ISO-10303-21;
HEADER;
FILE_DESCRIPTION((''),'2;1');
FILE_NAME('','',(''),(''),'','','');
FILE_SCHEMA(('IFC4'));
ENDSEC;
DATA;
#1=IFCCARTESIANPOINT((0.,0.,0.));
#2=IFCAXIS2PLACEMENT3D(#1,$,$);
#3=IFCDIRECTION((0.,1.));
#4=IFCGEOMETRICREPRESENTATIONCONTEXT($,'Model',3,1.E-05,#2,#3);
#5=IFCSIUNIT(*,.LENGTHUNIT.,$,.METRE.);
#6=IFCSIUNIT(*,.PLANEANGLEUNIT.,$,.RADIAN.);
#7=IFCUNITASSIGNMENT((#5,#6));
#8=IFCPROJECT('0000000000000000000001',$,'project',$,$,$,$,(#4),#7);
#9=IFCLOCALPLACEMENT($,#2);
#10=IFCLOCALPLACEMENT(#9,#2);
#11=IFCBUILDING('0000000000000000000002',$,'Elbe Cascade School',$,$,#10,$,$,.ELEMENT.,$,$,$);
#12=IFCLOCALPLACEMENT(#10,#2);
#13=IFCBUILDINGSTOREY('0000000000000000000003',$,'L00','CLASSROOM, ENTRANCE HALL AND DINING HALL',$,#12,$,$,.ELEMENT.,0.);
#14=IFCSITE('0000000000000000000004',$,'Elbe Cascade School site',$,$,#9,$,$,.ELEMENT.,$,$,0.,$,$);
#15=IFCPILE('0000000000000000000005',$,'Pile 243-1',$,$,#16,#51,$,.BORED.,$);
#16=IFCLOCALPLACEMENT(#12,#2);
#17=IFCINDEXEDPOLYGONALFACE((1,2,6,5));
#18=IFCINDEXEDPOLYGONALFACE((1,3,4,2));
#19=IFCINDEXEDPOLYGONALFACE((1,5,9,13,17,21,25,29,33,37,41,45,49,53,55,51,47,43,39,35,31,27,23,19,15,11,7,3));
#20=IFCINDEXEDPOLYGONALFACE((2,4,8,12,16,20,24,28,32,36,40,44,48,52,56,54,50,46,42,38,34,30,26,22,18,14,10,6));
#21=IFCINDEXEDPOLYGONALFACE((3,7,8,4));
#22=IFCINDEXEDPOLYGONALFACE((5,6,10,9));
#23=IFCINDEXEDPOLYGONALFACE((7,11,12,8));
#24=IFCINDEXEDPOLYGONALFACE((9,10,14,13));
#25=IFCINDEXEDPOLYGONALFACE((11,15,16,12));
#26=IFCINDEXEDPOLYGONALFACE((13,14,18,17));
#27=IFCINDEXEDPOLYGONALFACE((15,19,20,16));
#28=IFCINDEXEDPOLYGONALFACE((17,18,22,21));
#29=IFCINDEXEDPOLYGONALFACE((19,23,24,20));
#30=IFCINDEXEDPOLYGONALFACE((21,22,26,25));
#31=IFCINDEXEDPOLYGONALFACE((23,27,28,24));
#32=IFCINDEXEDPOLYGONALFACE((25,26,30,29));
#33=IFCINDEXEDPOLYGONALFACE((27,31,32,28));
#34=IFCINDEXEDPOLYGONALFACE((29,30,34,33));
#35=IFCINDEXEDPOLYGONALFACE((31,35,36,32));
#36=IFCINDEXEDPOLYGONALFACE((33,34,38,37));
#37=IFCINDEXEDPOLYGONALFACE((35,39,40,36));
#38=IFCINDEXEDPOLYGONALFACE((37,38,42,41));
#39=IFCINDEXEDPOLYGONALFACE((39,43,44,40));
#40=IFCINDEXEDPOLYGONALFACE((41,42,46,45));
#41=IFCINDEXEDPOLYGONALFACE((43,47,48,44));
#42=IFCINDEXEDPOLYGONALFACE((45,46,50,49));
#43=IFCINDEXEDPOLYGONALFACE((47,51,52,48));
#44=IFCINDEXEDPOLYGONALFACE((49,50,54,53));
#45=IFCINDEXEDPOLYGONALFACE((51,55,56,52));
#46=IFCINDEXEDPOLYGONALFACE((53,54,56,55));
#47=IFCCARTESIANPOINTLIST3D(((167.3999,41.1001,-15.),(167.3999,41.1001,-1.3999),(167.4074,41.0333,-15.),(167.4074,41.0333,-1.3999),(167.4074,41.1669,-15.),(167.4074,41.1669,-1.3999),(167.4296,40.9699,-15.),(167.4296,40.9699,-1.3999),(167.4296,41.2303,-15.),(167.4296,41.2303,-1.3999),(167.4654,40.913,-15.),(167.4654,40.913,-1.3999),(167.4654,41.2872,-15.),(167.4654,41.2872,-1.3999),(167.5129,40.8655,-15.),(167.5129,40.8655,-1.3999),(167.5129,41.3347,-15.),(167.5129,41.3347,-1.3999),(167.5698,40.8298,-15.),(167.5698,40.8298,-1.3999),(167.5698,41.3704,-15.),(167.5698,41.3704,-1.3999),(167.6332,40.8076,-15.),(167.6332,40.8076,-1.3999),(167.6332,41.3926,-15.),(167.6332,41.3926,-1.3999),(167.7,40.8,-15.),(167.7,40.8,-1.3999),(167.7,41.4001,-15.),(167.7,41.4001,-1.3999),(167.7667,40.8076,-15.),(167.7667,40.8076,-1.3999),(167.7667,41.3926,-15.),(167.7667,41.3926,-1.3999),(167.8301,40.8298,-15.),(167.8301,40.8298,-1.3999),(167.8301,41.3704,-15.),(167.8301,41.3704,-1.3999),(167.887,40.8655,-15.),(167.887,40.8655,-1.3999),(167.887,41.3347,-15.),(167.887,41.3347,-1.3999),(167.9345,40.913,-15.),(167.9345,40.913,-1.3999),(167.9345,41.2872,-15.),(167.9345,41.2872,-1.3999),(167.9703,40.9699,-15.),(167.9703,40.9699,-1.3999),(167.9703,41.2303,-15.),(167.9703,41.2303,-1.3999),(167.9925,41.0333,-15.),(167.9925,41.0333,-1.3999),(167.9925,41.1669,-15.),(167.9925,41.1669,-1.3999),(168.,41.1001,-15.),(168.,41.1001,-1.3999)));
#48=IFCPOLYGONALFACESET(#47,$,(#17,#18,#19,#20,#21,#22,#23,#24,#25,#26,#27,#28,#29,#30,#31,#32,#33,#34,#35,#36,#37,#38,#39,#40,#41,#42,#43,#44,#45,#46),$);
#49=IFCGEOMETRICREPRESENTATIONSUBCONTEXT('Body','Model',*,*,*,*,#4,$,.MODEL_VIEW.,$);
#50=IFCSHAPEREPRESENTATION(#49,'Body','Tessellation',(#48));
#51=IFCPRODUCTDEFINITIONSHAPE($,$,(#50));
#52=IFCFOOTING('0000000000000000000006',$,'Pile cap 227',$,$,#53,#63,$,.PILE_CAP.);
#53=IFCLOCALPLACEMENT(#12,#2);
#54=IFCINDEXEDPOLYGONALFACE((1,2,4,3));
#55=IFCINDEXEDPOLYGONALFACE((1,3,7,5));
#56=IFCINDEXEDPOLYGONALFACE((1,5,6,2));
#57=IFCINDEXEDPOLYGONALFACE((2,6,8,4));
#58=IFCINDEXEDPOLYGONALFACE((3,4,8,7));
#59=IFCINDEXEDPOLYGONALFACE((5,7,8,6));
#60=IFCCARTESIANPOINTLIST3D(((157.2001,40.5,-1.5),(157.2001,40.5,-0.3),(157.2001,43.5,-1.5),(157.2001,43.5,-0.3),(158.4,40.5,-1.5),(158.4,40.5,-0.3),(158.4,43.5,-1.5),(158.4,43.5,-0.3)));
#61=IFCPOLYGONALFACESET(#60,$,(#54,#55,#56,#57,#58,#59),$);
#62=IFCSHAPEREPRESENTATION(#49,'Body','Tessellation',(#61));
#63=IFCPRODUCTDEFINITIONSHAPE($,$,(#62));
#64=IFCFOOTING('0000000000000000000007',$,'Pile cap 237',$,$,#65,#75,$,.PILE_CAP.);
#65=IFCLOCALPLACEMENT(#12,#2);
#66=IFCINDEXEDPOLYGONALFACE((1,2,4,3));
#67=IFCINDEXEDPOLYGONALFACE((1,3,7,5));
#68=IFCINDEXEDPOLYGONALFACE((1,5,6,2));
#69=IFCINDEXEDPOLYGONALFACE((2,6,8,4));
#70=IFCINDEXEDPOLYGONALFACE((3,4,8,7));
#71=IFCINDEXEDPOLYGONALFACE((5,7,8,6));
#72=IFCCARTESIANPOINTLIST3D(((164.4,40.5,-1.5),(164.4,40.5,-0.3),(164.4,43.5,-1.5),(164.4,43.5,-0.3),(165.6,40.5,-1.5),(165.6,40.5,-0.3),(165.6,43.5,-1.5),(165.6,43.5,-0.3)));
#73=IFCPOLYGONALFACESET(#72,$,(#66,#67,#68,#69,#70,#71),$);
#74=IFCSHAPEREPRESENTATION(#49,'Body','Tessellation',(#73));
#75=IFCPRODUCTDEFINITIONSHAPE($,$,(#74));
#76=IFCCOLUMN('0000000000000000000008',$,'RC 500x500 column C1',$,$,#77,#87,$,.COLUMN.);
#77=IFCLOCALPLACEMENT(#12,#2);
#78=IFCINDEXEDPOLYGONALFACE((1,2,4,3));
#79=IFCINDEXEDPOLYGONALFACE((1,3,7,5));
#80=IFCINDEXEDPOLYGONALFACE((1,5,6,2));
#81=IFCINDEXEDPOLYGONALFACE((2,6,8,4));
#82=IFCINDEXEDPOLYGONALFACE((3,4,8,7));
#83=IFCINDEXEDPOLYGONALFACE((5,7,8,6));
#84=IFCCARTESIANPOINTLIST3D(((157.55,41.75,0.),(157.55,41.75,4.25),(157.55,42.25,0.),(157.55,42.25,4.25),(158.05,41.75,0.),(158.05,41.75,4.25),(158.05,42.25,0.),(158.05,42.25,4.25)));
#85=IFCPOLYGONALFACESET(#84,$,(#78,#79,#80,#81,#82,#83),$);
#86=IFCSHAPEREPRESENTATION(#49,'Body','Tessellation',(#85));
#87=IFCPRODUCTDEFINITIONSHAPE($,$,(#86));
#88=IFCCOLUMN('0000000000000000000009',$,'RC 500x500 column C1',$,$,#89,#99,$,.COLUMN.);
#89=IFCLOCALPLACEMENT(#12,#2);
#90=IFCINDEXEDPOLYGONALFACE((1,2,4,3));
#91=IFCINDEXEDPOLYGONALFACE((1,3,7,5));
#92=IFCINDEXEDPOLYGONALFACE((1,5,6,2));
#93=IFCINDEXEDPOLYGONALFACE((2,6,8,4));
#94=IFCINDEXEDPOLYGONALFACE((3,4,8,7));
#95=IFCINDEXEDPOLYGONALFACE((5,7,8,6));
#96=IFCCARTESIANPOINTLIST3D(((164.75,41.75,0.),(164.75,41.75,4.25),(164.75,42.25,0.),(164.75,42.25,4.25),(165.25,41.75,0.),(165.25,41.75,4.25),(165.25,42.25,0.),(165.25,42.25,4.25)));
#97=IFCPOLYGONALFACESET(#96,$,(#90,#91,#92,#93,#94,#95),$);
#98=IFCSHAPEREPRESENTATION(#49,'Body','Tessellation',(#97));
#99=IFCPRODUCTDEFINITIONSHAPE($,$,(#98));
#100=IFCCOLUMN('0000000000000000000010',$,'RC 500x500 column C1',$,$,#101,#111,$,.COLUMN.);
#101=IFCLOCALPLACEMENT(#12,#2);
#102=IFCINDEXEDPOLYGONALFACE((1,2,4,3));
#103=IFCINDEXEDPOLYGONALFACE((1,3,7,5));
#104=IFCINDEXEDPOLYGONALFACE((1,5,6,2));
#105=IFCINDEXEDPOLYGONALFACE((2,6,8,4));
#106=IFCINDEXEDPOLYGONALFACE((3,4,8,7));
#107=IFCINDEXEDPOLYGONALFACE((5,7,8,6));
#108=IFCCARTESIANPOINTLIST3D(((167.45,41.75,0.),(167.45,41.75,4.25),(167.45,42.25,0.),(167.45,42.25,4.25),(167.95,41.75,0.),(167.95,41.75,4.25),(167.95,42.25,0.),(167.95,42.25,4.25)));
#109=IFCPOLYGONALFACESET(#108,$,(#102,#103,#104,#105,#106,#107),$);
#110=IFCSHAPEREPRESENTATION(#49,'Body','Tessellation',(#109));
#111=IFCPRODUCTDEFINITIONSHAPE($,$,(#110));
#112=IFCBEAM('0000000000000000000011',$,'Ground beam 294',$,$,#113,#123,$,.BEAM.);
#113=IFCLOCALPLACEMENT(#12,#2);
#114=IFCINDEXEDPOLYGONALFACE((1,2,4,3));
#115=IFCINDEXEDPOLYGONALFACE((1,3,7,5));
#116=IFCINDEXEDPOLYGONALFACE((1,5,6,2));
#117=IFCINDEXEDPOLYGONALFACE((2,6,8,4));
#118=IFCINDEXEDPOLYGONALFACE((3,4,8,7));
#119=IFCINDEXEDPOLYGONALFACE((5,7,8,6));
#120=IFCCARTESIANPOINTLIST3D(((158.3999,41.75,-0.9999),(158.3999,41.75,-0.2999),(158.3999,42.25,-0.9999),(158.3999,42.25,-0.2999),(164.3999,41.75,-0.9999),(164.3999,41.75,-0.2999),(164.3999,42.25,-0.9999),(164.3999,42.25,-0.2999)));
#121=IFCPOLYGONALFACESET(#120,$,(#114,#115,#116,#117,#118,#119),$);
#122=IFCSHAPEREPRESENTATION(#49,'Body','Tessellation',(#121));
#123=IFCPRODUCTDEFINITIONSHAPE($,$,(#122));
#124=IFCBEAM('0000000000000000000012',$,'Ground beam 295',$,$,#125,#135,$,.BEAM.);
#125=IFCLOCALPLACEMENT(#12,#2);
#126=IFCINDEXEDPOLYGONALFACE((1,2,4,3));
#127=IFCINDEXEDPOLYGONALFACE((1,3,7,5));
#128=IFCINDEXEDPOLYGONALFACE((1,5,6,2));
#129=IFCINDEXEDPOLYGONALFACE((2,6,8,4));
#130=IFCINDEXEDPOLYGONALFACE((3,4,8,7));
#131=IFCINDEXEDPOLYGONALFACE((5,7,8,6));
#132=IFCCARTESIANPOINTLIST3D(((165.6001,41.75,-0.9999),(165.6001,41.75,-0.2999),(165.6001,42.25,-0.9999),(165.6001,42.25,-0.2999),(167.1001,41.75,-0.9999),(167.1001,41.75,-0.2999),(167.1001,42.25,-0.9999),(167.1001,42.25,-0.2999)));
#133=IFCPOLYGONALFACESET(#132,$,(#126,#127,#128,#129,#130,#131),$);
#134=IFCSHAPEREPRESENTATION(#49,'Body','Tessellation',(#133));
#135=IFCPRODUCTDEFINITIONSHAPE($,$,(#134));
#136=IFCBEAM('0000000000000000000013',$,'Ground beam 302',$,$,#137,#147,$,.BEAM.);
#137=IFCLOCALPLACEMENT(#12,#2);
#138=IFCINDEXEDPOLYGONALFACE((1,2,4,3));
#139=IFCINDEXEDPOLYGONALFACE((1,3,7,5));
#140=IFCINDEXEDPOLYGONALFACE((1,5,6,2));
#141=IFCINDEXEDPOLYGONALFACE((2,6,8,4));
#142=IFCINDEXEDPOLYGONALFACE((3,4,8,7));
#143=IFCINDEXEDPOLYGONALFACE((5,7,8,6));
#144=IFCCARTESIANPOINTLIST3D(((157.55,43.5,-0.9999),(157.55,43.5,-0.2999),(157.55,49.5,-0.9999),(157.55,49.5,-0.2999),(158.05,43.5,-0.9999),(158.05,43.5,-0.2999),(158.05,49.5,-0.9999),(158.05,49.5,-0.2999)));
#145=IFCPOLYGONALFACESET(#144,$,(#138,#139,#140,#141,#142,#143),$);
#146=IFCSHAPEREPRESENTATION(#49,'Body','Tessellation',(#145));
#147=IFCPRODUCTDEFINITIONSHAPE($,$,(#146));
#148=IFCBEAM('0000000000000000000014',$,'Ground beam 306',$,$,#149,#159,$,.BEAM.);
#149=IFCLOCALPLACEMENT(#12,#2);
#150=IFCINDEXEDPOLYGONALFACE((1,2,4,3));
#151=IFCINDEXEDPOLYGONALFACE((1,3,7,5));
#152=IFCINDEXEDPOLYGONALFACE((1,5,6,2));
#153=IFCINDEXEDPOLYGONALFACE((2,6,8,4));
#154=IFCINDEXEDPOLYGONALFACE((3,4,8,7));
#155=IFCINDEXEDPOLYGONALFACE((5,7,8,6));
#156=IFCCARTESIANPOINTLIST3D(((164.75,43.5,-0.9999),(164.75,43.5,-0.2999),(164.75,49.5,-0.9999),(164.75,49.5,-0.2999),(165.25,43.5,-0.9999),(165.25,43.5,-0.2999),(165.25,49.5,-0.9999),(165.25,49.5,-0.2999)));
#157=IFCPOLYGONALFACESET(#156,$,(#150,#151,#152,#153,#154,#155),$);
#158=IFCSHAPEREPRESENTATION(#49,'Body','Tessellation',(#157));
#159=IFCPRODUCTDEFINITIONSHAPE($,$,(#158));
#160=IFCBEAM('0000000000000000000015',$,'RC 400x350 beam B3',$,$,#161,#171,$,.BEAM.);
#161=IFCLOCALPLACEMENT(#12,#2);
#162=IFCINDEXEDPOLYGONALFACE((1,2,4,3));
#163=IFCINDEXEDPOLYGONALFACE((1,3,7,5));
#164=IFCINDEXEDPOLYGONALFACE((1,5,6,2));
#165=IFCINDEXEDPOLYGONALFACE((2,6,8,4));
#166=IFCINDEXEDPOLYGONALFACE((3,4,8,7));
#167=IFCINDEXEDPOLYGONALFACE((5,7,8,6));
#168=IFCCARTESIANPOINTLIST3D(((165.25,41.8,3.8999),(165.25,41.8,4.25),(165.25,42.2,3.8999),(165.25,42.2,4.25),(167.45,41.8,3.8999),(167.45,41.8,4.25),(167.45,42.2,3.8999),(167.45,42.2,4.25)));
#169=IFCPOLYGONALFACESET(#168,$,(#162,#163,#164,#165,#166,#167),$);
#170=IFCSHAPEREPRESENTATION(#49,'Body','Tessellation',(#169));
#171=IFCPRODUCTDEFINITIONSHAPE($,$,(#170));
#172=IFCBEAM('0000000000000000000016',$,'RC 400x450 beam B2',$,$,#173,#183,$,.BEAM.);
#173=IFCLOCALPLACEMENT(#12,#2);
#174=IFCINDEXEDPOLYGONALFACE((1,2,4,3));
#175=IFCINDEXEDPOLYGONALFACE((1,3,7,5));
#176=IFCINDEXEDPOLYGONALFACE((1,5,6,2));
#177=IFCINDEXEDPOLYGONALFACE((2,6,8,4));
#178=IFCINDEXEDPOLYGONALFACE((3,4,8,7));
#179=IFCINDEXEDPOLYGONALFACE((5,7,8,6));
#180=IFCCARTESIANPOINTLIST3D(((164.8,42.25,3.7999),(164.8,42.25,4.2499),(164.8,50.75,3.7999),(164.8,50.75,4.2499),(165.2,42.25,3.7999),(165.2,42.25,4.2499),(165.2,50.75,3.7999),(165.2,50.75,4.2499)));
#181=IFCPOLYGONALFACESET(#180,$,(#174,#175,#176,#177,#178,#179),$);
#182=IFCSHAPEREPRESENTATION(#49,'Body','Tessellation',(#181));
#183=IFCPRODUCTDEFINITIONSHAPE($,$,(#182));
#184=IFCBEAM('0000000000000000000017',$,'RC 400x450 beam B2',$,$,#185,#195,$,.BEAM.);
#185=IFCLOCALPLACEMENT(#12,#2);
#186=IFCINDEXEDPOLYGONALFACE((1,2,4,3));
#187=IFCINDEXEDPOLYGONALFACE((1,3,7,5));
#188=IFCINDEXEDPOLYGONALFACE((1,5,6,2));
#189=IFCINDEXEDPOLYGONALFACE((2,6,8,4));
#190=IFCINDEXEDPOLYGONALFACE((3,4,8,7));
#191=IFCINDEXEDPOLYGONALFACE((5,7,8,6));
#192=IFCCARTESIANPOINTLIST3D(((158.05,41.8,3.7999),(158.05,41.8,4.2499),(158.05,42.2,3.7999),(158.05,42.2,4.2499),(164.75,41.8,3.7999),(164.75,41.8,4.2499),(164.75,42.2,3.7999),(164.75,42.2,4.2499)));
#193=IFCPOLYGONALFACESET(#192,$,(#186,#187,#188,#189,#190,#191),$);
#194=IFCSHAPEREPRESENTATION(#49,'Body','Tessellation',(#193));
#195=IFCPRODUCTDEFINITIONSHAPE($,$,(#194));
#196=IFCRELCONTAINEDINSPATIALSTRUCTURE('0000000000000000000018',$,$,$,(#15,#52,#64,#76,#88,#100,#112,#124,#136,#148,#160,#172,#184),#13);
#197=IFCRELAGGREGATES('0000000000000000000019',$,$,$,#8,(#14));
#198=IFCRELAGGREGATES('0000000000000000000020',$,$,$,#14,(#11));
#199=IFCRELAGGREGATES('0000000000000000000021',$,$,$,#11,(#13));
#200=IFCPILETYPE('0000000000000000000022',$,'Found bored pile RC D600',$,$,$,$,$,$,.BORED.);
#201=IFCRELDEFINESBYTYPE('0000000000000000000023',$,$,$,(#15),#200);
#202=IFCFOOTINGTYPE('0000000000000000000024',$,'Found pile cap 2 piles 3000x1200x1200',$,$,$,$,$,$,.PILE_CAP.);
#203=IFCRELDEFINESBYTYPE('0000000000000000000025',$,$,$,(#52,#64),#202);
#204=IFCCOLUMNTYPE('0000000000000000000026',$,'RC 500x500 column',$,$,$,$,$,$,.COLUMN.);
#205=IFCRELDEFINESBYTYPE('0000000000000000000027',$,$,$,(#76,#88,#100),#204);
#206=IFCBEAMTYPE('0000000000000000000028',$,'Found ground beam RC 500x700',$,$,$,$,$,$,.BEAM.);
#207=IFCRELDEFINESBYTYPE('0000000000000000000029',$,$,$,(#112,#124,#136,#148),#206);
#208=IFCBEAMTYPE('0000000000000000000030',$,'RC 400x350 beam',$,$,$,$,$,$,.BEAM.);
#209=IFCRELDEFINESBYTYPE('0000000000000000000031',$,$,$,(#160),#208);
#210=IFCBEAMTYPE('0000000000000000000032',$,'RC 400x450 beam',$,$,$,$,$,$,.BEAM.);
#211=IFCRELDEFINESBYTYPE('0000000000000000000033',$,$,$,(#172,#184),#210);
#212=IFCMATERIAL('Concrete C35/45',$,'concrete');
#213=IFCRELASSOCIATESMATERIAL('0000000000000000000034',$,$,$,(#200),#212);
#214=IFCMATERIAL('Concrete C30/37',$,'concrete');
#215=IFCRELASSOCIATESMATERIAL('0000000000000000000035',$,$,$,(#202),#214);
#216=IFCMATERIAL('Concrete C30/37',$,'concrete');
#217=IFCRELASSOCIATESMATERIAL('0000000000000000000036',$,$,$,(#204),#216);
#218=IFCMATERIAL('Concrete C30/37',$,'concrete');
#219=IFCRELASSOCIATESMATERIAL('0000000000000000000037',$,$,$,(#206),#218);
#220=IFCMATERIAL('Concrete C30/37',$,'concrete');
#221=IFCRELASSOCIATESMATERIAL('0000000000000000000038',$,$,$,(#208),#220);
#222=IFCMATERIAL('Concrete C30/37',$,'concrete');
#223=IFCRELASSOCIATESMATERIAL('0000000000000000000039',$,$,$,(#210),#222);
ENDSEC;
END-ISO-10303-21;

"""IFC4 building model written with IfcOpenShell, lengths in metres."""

from ifc_helpers import new_model, si_unit, direction, frame, origin, origin_2d, place, context, subcontext, project, spatial, rectangle, circle, extrude, material, material_profile, profile_set, type_object, element, save


model = new_model("IFC4")

# Units and contexts
model_context = context("Model", 3, precision=1e-05, world=origin(), true_north=direction((0.0, 1.0)))
body_context = subcontext(model_context, "Body", "Model", "MODEL_VIEW")
ifc_project = project(units=[si_unit("LENGTHUNIT", "METRE"), si_unit("PLANEANGLEUNIT", "RADIAN")], contexts=[model_context])

# Site, building, storey
site_placement = place(None, origin())
site = spatial("IfcSite", under=ifc_project, at=site_placement, Name="Elbe Cascade School site", CompositionType="ELEMENT", RefElevation=0.0)
building_placement = place(site_placement, origin())
building = spatial("IfcBuilding", under=site, at=building_placement, Name="Elbe Cascade School", CompositionType="ELEMENT")
storey_placement = place(building_placement, origin())
storey = spatial("IfcBuildingStorey", under=building, at=storey_placement, Name="L00", Description="CLASSROOM, ENTRANCE HALL AND DINING HALL", CompositionType="ELEMENT", Elevation=0.0)

# Pile
ifc_material_1 = material(Name="Concrete C35/45", Category="concrete")
ifc_material_profile_1 = material_profile(ifc_material_1, circle(Radius=0.3, at=origin_2d()), Name="RC D600")
ifc_profile_set_1 = profile_set([ifc_material_profile_1], Name="Concrete C35/45")
pile_type = type_object("IfcPileType", Name="Found bored pile RC D600", PredefinedType="BORED", material=ifc_profile_set_1)
for number, where, z_axis, x_axis, name in (
    (1, (167.7, 41.1001, -1.3999), (0.0, 0.0, -1.0), (1.0, 0.0, 0.0), "Pile 243-1"),
):
    element("IfcPile", number, at=place(storey_placement, frame(where, z_axis=z_axis, x_axis=x_axis)), inside=storey, type_object=pile_type, Name=name, PredefinedType="BORED", context=body_context, shape_type="SweptSolid", body=[
        extrude(circle(Radius=0.3, at=origin_2d()), origin(), (0.0, 0.0, 1.0), 13.6001),
    ])

# Footings
ifc_material_2 = material(Name="Concrete C30/37", Category="concrete")
footing_type = type_object("IfcFootingType", Name="Found pile cap 2 piles 3000x1200x1200", PredefinedType="PILE_CAP", material=ifc_material_2)
for number, where, z_axis, x_axis, name in (
    (2, (157.8, 42.0, -1.5), (0.0, 0.0, 1.0), (1.0, 0.0, 0.0), "Pile cap 227"),
    (3, (165.0, 42.0, -1.5), (0.0, 0.0, 1.0), (1.0, 0.0, 0.0), "Pile cap 237"),
):
    element("IfcFooting", number, at=place(storey_placement, frame(where, z_axis=z_axis, x_axis=x_axis)), inside=storey, type_object=footing_type, Name=name, PredefinedType="PILE_CAP", context=body_context, shape_type="SweptSolid", body=[
        extrude(rectangle(XDim=1.2, YDim=3.0, at=origin_2d()), origin(), (0.0, 0.0, 1.0), 1.2),
    ])

# Columns
ifc_material_3 = material(Name="Concrete C30/37", Category="concrete")
ifc_material_profile_2 = material_profile(ifc_material_3, rectangle(XDim=0.5, YDim=0.5, at=origin_2d()), Name="RC 500x500")
ifc_profile_set_2 = profile_set([ifc_material_profile_2], Name="Concrete C30/37")
column_type = type_object("IfcColumnType", Name="RC 500x500 column", PredefinedType="COLUMN", material=ifc_profile_set_2)
for number, where, z_axis, x_axis, name in (
    (4, (157.8, 42.0, 0.0), (0.0, 0.0, 1.0), (1.0, 0.0, 0.0), "RC 500x500 column C1"),
    (5, (165.0, 42.0, 0.0), (0.0, 0.0, 1.0), (1.0, 0.0, 0.0), "RC 500x500 column C1"),
    (6, (167.7, 42.0, 0.0), (0.0, 0.0, 1.0), (1.0, 0.0, 0.0), "RC 500x500 column C1"),
):
    element("IfcColumn", number, at=place(storey_placement, frame(where, z_axis=z_axis, x_axis=x_axis)), inside=storey, type_object=column_type, Name=name, PredefinedType="COLUMN", context=body_context, shape_type="SweptSolid", body=[
        extrude(rectangle(XDim=0.5, YDim=0.5, at=origin_2d()), origin(), (0.0, 0.0, 1.0), 4.25),
    ])

# Beams
ifc_material_4 = material(Name="Concrete C30/37", Category="concrete")
ifc_material_profile_3 = material_profile(ifc_material_4, rectangle(XDim=0.5, YDim=0.7, at=origin_2d()), Name="RC 500x700")
ifc_profile_set_3 = profile_set([ifc_material_profile_3], Name="Concrete C30/37")
beam_type_1 = type_object("IfcBeamType", Name="Found ground beam RC 500x700", PredefinedType="BEAM", material=ifc_profile_set_3)
beam_1_placement = place(storey_placement, frame((158.3999, 42.0, -0.6499), z_axis=(1.0, 0.0, 0.0), x_axis=(0.0, 1.0, 0.0)))
element("IfcBeam", 7, at=beam_1_placement, inside=storey, type_object=beam_type_1, Name="Ground beam 294", PredefinedType="BEAM", context=body_context, shape_type="SweptSolid", body=[
    extrude(rectangle(XDim=0.5, YDim=0.7, at=origin_2d()), origin(), (0.0, 0.0, 1.0), 6.0),
])
beam_2_placement = place(storey_placement, frame((165.6001, 42.0, -0.6499), z_axis=(1.0, 0.0, 0.0), x_axis=(0.0, 1.0, 0.0)))
element("IfcBeam", 8, at=beam_2_placement, inside=storey, type_object=beam_type_1, Name="Ground beam 295", PredefinedType="BEAM", context=body_context, shape_type="SweptSolid", body=[
    extrude(rectangle(XDim=0.5, YDim=0.7, at=origin_2d()), origin(), (0.0, 0.0, 1.0), 1.5),
])
for number, where, z_axis, x_axis, name in (
    (9, (157.8, 43.5, -0.6499), (0.0, 1.0, 0.0), (-1.0, 0.0, 0.0), "Ground beam 302"),
    (10, (165.0, 43.5, -0.6499), (0.0, 1.0, 0.0), (-1.0, 0.0, 0.0), "Ground beam 306"),
):
    element("IfcBeam", number, at=place(storey_placement, frame(where, z_axis=z_axis, x_axis=x_axis)), inside=storey, type_object=beam_type_1, Name=name, PredefinedType="BEAM", context=body_context, shape_type="SweptSolid", body=[
        extrude(rectangle(XDim=0.5, YDim=0.7, at=origin_2d()), origin(), (0.0, 0.0, 1.0), 6.0),
    ])
ifc_material_5 = material(Name="Concrete C30/37", Category="concrete")
ifc_material_profile_4 = material_profile(ifc_material_5, rectangle(XDim=0.3999, YDim=0.3501, at=origin_2d()), Name="RC 400x350")
ifc_profile_set_4 = profile_set([ifc_material_profile_4], Name="Concrete C30/37")
beam_type_2 = type_object("IfcBeamType", Name="RC 400x350 beam", PredefinedType="BEAM", material=ifc_profile_set_4)
beam_3_placement = place(storey_placement, frame((165.25, 42.0, 4.075), z_axis=(1.0, 0.0, 0.0), x_axis=(0.0, 1.0, 0.0)))
element("IfcBeam", 11, at=beam_3_placement, inside=storey, type_object=beam_type_2, Name="RC 400x350 beam B3", PredefinedType="BEAM", context=body_context, shape_type="SweptSolid", body=[
    extrude(rectangle(XDim=0.3999, YDim=0.3501, at=origin_2d()), origin(), (0.0, 0.0, 1.0), 2.2),
])
ifc_material_6 = material(Name="Concrete C30/37", Category="concrete")
ifc_material_profile_5 = material_profile(ifc_material_6, rectangle(XDim=0.3999, YDim=0.45, at=origin_2d()), Name="RC 400x450")
ifc_profile_set_5 = profile_set([ifc_material_profile_5], Name="Concrete C30/37")
beam_type_3 = type_object("IfcBeamType", Name="RC 400x450 beam", PredefinedType="BEAM", material=ifc_profile_set_5)
beam_4_placement = place(storey_placement, frame((165.0, 42.25, 4.0249), z_axis=(0.0, 1.0, 0.0), x_axis=(-1.0, 0.0, 0.0)))
element("IfcBeam", 12, at=beam_4_placement, inside=storey, type_object=beam_type_3, Name="RC 400x450 beam B2", PredefinedType="BEAM", context=body_context, shape_type="SweptSolid", body=[
    extrude(rectangle(XDim=0.3999, YDim=0.45, at=origin_2d()), origin(), (0.0, 0.0, 1.0), 8.5),
])
beam_5_placement = place(storey_placement, frame((158.05, 42.0, 4.0249), z_axis=(1.0, 0.0, 0.0), x_axis=(0.0, 1.0, 0.0)))
element("IfcBeam", 13, at=beam_5_placement, inside=storey, type_object=beam_type_3, Name="RC 400x450 beam B2", PredefinedType="BEAM", context=body_context, shape_type="SweptSolid", body=[
    extrude(rectangle(XDim=0.3999, YDim=0.45, at=origin_2d()), origin(), (0.0, 0.0, 1.0), 6.7),
])

save(model, "model.ifc")
